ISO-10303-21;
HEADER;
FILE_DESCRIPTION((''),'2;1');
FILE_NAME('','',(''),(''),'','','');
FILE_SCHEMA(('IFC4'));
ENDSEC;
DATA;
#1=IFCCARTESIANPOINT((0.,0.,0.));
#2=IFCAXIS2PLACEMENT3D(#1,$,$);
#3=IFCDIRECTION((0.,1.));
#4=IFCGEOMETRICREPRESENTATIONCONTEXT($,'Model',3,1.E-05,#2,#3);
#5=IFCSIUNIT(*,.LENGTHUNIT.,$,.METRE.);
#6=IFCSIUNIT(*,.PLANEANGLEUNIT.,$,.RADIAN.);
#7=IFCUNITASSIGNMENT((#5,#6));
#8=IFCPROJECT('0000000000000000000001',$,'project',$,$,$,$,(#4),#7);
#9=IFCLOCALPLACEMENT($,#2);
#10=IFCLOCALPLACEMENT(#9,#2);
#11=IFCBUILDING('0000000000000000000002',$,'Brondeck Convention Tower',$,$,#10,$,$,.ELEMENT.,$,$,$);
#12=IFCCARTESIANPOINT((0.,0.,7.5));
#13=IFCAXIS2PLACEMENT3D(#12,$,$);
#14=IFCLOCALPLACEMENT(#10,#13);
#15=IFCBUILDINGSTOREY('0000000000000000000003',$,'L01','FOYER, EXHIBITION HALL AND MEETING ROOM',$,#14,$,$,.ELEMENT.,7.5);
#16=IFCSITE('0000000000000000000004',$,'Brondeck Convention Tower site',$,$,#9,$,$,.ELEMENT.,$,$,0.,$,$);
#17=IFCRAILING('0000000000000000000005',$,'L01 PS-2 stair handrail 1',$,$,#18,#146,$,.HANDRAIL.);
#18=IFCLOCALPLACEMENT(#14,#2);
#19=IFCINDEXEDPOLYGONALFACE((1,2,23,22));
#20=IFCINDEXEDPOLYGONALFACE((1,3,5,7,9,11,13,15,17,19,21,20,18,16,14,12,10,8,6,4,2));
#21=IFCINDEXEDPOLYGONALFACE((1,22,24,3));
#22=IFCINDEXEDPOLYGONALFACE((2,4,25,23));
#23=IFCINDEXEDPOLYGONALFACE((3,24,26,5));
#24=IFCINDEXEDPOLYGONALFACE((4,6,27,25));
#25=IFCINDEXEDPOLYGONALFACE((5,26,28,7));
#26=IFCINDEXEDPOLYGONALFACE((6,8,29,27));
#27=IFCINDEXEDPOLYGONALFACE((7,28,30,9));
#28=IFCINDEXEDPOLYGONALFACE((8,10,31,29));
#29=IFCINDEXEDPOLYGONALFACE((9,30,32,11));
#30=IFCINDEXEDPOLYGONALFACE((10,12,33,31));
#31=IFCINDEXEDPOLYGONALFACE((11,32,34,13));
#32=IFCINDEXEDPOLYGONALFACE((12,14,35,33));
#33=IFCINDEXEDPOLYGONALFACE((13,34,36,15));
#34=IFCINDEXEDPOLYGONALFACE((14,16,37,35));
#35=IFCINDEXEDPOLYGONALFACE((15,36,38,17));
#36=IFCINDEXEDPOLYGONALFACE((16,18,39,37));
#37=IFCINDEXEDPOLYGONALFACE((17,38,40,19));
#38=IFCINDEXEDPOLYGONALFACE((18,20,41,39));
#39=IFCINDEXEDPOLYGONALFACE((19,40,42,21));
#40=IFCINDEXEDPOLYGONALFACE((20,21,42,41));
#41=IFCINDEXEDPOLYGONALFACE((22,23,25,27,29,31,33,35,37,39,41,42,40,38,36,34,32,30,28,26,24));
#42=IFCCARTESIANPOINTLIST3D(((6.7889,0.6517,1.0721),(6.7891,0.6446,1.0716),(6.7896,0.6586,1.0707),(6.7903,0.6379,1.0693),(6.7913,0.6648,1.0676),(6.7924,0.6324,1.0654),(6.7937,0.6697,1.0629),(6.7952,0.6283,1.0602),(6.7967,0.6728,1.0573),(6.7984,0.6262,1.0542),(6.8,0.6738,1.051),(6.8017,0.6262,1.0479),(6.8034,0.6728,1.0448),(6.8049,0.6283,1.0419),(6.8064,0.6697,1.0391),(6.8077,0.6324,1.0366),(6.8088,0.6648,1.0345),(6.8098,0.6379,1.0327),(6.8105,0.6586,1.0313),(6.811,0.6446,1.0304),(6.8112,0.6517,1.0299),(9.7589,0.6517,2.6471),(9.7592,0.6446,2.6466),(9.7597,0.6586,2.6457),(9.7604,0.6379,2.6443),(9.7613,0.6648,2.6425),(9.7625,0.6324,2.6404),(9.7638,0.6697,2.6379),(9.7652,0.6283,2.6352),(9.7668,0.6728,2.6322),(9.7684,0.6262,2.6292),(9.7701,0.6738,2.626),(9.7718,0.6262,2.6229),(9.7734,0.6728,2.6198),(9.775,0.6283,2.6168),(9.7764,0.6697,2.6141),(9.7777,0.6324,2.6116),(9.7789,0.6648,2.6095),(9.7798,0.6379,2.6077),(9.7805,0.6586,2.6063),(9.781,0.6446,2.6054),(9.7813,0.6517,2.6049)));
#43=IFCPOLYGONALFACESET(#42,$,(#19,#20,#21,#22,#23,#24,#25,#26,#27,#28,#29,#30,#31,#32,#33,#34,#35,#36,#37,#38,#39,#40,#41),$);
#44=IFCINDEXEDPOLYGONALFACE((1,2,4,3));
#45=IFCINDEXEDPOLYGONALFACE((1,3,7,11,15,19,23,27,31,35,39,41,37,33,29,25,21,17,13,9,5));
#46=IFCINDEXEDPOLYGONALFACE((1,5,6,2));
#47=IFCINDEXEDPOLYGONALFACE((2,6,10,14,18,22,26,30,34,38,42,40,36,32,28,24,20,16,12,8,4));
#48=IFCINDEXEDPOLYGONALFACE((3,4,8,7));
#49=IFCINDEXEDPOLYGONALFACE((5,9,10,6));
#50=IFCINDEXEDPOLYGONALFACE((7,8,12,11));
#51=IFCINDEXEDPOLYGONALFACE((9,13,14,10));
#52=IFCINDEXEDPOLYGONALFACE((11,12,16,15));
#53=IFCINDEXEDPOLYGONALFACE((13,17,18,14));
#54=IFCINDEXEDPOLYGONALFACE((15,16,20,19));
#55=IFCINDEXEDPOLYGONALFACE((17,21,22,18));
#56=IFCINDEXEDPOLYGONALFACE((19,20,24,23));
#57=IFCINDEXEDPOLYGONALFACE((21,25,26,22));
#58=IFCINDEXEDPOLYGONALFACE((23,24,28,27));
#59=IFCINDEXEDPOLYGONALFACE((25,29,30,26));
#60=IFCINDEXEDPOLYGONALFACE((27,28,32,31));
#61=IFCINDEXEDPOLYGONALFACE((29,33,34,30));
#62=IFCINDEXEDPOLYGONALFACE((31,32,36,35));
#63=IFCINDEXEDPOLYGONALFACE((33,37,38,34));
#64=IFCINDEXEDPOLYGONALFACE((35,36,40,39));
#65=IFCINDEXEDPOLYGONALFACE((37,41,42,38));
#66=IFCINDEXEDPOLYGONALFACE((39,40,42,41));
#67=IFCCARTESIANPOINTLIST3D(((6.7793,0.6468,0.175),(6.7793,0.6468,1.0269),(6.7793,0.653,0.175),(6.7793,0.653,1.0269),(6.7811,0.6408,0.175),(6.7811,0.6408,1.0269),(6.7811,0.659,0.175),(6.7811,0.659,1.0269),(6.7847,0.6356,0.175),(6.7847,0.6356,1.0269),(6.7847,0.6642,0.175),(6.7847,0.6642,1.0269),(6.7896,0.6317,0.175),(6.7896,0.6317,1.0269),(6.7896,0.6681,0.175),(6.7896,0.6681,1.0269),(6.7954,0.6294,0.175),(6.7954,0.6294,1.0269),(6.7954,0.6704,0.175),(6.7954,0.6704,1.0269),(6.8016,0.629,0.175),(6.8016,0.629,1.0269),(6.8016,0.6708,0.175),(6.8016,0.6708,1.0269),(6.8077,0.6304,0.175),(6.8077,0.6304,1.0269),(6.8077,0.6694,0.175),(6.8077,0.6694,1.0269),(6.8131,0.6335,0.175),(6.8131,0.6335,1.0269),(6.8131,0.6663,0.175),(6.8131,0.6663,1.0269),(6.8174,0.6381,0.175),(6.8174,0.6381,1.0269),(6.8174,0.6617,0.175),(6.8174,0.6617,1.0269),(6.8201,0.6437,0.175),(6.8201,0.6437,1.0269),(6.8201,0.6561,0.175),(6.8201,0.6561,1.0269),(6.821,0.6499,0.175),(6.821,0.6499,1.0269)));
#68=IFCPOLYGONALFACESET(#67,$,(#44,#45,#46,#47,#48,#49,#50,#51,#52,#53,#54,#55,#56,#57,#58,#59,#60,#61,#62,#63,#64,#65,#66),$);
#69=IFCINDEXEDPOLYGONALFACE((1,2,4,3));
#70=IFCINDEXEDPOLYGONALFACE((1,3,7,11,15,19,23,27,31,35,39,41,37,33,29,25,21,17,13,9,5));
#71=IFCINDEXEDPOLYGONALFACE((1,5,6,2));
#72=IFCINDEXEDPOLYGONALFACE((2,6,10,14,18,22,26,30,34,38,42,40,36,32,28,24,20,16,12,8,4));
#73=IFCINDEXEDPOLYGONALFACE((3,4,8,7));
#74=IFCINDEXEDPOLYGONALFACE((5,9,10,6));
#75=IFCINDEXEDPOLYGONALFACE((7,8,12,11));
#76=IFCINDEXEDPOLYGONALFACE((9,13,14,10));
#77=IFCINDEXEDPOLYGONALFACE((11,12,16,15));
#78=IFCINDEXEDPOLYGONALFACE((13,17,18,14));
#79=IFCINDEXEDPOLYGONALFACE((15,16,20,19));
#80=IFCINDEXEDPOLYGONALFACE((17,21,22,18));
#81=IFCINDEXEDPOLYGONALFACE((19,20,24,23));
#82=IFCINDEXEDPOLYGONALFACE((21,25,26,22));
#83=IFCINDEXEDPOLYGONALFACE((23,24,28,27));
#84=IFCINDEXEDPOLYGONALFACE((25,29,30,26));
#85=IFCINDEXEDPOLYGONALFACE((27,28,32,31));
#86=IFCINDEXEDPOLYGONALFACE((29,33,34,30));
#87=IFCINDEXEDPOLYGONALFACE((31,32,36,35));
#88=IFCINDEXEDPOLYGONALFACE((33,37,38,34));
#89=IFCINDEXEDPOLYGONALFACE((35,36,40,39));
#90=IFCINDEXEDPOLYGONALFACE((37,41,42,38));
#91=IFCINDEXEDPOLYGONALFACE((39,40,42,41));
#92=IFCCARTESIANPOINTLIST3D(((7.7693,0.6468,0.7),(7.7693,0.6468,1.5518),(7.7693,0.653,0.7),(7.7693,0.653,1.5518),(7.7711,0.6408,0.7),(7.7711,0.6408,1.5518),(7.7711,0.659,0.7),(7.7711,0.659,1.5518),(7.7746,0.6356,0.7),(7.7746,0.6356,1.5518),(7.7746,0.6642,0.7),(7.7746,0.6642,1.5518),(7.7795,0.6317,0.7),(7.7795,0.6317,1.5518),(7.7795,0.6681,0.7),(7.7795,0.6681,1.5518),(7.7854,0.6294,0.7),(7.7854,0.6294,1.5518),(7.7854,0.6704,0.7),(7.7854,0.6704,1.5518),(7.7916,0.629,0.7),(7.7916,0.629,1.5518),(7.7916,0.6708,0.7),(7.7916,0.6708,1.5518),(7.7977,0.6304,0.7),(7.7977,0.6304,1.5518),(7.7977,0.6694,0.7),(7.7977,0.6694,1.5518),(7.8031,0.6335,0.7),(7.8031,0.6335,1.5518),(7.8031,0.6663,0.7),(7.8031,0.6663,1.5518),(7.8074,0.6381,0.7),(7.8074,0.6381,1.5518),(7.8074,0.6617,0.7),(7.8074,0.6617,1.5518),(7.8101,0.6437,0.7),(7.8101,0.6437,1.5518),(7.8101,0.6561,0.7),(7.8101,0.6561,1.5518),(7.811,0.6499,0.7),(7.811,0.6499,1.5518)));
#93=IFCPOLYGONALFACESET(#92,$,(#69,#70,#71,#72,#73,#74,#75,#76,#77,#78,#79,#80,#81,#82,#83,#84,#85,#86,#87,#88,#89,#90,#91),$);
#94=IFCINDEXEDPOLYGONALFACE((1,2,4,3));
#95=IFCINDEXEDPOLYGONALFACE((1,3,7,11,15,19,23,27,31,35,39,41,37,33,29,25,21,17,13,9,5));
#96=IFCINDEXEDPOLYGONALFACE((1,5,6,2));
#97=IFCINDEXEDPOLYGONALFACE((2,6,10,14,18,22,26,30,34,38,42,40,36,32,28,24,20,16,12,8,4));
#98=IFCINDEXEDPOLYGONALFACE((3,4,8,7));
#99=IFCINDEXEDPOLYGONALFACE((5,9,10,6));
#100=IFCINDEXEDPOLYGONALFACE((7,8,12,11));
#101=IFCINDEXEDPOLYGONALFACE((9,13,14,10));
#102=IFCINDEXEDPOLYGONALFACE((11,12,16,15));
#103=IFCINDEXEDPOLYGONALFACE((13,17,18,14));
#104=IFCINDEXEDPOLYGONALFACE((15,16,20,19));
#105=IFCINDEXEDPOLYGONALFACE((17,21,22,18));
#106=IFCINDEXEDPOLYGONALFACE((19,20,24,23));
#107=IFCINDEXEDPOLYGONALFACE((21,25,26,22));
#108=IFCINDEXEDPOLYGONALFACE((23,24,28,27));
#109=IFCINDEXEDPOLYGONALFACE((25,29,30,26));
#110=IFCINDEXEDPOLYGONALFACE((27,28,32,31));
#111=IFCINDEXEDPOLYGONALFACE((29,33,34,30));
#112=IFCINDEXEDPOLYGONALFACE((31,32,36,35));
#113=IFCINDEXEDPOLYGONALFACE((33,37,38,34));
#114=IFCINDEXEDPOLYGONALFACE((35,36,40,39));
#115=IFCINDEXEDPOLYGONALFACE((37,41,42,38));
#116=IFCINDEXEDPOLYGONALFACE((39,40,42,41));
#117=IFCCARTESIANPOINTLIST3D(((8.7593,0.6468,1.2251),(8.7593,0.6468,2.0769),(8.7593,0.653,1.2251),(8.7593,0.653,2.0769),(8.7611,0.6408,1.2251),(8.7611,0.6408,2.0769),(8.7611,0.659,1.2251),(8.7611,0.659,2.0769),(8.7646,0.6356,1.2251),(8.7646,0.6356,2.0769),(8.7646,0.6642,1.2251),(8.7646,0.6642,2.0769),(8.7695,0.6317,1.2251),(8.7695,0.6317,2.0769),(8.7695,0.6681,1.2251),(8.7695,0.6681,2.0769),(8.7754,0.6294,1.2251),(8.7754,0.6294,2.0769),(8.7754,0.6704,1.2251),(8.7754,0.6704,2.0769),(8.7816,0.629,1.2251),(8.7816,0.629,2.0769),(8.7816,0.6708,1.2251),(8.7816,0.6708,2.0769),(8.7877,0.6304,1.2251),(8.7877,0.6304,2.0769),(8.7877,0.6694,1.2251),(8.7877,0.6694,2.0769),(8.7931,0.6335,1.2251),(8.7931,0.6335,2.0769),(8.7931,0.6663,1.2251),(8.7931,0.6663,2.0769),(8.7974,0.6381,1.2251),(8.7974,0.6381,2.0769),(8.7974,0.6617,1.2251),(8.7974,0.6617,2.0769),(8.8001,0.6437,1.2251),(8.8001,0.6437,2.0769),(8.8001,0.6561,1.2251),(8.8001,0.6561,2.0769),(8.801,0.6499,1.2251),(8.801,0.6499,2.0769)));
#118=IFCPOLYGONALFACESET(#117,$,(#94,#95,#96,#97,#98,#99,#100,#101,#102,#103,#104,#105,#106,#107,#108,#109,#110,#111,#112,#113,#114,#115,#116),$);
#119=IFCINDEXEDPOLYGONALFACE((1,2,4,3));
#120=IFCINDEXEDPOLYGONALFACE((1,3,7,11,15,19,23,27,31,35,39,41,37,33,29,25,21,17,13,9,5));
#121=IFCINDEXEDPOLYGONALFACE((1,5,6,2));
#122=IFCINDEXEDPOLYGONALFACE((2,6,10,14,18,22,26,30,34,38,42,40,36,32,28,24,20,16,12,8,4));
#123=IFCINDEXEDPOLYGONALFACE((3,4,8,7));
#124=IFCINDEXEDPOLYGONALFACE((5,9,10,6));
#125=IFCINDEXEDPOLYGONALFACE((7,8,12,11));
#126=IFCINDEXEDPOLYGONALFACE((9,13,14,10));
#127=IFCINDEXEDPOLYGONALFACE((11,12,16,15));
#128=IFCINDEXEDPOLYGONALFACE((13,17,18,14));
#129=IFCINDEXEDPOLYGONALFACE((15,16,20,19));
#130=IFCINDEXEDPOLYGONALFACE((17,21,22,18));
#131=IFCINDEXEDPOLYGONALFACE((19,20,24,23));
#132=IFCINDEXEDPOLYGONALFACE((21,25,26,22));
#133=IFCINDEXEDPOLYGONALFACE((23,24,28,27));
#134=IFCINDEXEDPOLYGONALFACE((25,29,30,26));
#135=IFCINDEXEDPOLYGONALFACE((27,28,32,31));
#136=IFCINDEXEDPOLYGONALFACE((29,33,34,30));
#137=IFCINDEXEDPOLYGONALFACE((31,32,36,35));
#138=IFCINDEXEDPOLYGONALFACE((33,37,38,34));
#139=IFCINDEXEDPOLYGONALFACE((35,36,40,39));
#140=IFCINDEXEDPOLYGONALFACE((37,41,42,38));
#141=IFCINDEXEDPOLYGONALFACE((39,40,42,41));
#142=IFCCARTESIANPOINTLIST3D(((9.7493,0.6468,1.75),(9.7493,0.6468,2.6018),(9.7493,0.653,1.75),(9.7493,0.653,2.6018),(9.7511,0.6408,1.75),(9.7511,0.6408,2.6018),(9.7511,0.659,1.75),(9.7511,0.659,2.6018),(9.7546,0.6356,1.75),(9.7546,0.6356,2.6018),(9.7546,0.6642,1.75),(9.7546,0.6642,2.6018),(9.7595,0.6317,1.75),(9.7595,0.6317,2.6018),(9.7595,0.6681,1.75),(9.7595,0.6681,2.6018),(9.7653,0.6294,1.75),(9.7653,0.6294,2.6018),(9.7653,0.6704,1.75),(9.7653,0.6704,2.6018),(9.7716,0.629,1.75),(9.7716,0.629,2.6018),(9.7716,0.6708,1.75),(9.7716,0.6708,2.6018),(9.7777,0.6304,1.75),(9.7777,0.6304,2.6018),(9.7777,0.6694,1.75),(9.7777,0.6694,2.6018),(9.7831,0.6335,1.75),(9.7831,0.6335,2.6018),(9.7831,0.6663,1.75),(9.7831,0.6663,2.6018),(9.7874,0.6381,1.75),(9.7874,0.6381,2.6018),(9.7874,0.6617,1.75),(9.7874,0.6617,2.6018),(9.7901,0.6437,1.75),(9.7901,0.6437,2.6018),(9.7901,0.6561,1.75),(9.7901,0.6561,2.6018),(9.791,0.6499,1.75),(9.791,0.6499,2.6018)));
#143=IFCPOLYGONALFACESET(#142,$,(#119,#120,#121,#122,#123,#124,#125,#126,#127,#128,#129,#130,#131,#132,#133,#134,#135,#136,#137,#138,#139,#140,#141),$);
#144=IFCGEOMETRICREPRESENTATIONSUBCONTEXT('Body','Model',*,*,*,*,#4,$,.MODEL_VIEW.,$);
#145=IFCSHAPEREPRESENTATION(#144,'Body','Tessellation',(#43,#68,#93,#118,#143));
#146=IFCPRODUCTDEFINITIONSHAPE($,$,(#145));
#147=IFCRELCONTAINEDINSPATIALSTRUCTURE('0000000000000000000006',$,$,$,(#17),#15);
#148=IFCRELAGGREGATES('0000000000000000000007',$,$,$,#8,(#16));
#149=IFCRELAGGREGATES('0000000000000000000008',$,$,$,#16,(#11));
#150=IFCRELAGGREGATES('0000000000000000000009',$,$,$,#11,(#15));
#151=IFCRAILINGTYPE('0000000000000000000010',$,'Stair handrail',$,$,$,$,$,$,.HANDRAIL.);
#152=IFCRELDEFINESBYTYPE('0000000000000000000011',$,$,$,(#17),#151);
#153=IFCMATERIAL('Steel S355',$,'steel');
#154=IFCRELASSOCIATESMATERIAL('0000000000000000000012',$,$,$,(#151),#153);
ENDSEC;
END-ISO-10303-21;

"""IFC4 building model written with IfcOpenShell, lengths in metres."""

from ifc_helpers import new_model, si_unit, direction, frame, origin, origin_2d, place, context, subcontext, project, spatial, circle, extrude, material, type_object, element, save


model = new_model("IFC4")

# Units and contexts
model_context = context("Model", 3, precision=1e-05, world=origin(), true_north=direction((0.0, 1.0)))
body_context = subcontext(model_context, "Body", "Model", "MODEL_VIEW")
ifc_project = project(units=[si_unit("LENGTHUNIT", "METRE"), si_unit("PLANEANGLEUNIT", "RADIAN")], contexts=[model_context])

# Site, building, storey
site_placement = place(None, origin())
site = spatial("IfcSite", under=ifc_project, at=site_placement, Name="Brondeck Convention Tower site", CompositionType="ELEMENT", RefElevation=0.0)
building_placement = place(site_placement, origin())
building = spatial("IfcBuilding", under=site, at=building_placement, Name="Brondeck Convention Tower", CompositionType="ELEMENT")
storey_placement = place(building_placement, frame((0.0, 0.0, 7.5)))
storey = spatial("IfcBuildingStorey", under=building, at=storey_placement, Name="L01", Description="FOYER, EXHIBITION HALL AND MEETING ROOM", CompositionType="ELEMENT", Elevation=7.5)

# Railing
ifc_material_1 = material(Name="Steel S355", Category="steel")
railing_type_1 = type_object("IfcRailingType", Name="Stair handrail", PredefinedType="HANDRAIL", material=ifc_material_1)
railing_1_placement = place(storey_placement, frame((6.8, 0.6499, 0.175)))
element("IfcRailing", 1, at=railing_1_placement, inside=storey, type_object=railing_type_1, Name="L01 PS-2 stair handrail 1", PredefinedType="HANDRAIL", context=body_context, shape_type="SweptSolid", body=[
    extrude(circle(Radius=0.0239, at=origin_2d()), frame((0.0, 0.0, 0.876), z_axis=(0.883466, 0.0, 0.468495), x_axis=(0.0, 1.0, 0.0)), (0.0, 0.0, 1.0), 3.3618),
    extrude(circle(Radius=0.021, at=origin_2d()), origin(), (0.0, 0.0, 1.0), 0.8518),
    extrude(circle(Radius=0.021, at=origin_2d()), frame((0.99, 0.0, 0.5249)), (0.0, 0.0, 1.0), 0.8518),
    extrude(circle(Radius=0.021, at=origin_2d()), frame((1.98, 0.0, 1.05)), (0.0, 0.0, 1.0), 0.8518),
    extrude(circle(Radius=0.021, at=origin_2d()), frame((2.97, 0.0, 1.575)), (0.0, 0.0, 1.0), 0.8518),
])

save(model, "model.ifc")
